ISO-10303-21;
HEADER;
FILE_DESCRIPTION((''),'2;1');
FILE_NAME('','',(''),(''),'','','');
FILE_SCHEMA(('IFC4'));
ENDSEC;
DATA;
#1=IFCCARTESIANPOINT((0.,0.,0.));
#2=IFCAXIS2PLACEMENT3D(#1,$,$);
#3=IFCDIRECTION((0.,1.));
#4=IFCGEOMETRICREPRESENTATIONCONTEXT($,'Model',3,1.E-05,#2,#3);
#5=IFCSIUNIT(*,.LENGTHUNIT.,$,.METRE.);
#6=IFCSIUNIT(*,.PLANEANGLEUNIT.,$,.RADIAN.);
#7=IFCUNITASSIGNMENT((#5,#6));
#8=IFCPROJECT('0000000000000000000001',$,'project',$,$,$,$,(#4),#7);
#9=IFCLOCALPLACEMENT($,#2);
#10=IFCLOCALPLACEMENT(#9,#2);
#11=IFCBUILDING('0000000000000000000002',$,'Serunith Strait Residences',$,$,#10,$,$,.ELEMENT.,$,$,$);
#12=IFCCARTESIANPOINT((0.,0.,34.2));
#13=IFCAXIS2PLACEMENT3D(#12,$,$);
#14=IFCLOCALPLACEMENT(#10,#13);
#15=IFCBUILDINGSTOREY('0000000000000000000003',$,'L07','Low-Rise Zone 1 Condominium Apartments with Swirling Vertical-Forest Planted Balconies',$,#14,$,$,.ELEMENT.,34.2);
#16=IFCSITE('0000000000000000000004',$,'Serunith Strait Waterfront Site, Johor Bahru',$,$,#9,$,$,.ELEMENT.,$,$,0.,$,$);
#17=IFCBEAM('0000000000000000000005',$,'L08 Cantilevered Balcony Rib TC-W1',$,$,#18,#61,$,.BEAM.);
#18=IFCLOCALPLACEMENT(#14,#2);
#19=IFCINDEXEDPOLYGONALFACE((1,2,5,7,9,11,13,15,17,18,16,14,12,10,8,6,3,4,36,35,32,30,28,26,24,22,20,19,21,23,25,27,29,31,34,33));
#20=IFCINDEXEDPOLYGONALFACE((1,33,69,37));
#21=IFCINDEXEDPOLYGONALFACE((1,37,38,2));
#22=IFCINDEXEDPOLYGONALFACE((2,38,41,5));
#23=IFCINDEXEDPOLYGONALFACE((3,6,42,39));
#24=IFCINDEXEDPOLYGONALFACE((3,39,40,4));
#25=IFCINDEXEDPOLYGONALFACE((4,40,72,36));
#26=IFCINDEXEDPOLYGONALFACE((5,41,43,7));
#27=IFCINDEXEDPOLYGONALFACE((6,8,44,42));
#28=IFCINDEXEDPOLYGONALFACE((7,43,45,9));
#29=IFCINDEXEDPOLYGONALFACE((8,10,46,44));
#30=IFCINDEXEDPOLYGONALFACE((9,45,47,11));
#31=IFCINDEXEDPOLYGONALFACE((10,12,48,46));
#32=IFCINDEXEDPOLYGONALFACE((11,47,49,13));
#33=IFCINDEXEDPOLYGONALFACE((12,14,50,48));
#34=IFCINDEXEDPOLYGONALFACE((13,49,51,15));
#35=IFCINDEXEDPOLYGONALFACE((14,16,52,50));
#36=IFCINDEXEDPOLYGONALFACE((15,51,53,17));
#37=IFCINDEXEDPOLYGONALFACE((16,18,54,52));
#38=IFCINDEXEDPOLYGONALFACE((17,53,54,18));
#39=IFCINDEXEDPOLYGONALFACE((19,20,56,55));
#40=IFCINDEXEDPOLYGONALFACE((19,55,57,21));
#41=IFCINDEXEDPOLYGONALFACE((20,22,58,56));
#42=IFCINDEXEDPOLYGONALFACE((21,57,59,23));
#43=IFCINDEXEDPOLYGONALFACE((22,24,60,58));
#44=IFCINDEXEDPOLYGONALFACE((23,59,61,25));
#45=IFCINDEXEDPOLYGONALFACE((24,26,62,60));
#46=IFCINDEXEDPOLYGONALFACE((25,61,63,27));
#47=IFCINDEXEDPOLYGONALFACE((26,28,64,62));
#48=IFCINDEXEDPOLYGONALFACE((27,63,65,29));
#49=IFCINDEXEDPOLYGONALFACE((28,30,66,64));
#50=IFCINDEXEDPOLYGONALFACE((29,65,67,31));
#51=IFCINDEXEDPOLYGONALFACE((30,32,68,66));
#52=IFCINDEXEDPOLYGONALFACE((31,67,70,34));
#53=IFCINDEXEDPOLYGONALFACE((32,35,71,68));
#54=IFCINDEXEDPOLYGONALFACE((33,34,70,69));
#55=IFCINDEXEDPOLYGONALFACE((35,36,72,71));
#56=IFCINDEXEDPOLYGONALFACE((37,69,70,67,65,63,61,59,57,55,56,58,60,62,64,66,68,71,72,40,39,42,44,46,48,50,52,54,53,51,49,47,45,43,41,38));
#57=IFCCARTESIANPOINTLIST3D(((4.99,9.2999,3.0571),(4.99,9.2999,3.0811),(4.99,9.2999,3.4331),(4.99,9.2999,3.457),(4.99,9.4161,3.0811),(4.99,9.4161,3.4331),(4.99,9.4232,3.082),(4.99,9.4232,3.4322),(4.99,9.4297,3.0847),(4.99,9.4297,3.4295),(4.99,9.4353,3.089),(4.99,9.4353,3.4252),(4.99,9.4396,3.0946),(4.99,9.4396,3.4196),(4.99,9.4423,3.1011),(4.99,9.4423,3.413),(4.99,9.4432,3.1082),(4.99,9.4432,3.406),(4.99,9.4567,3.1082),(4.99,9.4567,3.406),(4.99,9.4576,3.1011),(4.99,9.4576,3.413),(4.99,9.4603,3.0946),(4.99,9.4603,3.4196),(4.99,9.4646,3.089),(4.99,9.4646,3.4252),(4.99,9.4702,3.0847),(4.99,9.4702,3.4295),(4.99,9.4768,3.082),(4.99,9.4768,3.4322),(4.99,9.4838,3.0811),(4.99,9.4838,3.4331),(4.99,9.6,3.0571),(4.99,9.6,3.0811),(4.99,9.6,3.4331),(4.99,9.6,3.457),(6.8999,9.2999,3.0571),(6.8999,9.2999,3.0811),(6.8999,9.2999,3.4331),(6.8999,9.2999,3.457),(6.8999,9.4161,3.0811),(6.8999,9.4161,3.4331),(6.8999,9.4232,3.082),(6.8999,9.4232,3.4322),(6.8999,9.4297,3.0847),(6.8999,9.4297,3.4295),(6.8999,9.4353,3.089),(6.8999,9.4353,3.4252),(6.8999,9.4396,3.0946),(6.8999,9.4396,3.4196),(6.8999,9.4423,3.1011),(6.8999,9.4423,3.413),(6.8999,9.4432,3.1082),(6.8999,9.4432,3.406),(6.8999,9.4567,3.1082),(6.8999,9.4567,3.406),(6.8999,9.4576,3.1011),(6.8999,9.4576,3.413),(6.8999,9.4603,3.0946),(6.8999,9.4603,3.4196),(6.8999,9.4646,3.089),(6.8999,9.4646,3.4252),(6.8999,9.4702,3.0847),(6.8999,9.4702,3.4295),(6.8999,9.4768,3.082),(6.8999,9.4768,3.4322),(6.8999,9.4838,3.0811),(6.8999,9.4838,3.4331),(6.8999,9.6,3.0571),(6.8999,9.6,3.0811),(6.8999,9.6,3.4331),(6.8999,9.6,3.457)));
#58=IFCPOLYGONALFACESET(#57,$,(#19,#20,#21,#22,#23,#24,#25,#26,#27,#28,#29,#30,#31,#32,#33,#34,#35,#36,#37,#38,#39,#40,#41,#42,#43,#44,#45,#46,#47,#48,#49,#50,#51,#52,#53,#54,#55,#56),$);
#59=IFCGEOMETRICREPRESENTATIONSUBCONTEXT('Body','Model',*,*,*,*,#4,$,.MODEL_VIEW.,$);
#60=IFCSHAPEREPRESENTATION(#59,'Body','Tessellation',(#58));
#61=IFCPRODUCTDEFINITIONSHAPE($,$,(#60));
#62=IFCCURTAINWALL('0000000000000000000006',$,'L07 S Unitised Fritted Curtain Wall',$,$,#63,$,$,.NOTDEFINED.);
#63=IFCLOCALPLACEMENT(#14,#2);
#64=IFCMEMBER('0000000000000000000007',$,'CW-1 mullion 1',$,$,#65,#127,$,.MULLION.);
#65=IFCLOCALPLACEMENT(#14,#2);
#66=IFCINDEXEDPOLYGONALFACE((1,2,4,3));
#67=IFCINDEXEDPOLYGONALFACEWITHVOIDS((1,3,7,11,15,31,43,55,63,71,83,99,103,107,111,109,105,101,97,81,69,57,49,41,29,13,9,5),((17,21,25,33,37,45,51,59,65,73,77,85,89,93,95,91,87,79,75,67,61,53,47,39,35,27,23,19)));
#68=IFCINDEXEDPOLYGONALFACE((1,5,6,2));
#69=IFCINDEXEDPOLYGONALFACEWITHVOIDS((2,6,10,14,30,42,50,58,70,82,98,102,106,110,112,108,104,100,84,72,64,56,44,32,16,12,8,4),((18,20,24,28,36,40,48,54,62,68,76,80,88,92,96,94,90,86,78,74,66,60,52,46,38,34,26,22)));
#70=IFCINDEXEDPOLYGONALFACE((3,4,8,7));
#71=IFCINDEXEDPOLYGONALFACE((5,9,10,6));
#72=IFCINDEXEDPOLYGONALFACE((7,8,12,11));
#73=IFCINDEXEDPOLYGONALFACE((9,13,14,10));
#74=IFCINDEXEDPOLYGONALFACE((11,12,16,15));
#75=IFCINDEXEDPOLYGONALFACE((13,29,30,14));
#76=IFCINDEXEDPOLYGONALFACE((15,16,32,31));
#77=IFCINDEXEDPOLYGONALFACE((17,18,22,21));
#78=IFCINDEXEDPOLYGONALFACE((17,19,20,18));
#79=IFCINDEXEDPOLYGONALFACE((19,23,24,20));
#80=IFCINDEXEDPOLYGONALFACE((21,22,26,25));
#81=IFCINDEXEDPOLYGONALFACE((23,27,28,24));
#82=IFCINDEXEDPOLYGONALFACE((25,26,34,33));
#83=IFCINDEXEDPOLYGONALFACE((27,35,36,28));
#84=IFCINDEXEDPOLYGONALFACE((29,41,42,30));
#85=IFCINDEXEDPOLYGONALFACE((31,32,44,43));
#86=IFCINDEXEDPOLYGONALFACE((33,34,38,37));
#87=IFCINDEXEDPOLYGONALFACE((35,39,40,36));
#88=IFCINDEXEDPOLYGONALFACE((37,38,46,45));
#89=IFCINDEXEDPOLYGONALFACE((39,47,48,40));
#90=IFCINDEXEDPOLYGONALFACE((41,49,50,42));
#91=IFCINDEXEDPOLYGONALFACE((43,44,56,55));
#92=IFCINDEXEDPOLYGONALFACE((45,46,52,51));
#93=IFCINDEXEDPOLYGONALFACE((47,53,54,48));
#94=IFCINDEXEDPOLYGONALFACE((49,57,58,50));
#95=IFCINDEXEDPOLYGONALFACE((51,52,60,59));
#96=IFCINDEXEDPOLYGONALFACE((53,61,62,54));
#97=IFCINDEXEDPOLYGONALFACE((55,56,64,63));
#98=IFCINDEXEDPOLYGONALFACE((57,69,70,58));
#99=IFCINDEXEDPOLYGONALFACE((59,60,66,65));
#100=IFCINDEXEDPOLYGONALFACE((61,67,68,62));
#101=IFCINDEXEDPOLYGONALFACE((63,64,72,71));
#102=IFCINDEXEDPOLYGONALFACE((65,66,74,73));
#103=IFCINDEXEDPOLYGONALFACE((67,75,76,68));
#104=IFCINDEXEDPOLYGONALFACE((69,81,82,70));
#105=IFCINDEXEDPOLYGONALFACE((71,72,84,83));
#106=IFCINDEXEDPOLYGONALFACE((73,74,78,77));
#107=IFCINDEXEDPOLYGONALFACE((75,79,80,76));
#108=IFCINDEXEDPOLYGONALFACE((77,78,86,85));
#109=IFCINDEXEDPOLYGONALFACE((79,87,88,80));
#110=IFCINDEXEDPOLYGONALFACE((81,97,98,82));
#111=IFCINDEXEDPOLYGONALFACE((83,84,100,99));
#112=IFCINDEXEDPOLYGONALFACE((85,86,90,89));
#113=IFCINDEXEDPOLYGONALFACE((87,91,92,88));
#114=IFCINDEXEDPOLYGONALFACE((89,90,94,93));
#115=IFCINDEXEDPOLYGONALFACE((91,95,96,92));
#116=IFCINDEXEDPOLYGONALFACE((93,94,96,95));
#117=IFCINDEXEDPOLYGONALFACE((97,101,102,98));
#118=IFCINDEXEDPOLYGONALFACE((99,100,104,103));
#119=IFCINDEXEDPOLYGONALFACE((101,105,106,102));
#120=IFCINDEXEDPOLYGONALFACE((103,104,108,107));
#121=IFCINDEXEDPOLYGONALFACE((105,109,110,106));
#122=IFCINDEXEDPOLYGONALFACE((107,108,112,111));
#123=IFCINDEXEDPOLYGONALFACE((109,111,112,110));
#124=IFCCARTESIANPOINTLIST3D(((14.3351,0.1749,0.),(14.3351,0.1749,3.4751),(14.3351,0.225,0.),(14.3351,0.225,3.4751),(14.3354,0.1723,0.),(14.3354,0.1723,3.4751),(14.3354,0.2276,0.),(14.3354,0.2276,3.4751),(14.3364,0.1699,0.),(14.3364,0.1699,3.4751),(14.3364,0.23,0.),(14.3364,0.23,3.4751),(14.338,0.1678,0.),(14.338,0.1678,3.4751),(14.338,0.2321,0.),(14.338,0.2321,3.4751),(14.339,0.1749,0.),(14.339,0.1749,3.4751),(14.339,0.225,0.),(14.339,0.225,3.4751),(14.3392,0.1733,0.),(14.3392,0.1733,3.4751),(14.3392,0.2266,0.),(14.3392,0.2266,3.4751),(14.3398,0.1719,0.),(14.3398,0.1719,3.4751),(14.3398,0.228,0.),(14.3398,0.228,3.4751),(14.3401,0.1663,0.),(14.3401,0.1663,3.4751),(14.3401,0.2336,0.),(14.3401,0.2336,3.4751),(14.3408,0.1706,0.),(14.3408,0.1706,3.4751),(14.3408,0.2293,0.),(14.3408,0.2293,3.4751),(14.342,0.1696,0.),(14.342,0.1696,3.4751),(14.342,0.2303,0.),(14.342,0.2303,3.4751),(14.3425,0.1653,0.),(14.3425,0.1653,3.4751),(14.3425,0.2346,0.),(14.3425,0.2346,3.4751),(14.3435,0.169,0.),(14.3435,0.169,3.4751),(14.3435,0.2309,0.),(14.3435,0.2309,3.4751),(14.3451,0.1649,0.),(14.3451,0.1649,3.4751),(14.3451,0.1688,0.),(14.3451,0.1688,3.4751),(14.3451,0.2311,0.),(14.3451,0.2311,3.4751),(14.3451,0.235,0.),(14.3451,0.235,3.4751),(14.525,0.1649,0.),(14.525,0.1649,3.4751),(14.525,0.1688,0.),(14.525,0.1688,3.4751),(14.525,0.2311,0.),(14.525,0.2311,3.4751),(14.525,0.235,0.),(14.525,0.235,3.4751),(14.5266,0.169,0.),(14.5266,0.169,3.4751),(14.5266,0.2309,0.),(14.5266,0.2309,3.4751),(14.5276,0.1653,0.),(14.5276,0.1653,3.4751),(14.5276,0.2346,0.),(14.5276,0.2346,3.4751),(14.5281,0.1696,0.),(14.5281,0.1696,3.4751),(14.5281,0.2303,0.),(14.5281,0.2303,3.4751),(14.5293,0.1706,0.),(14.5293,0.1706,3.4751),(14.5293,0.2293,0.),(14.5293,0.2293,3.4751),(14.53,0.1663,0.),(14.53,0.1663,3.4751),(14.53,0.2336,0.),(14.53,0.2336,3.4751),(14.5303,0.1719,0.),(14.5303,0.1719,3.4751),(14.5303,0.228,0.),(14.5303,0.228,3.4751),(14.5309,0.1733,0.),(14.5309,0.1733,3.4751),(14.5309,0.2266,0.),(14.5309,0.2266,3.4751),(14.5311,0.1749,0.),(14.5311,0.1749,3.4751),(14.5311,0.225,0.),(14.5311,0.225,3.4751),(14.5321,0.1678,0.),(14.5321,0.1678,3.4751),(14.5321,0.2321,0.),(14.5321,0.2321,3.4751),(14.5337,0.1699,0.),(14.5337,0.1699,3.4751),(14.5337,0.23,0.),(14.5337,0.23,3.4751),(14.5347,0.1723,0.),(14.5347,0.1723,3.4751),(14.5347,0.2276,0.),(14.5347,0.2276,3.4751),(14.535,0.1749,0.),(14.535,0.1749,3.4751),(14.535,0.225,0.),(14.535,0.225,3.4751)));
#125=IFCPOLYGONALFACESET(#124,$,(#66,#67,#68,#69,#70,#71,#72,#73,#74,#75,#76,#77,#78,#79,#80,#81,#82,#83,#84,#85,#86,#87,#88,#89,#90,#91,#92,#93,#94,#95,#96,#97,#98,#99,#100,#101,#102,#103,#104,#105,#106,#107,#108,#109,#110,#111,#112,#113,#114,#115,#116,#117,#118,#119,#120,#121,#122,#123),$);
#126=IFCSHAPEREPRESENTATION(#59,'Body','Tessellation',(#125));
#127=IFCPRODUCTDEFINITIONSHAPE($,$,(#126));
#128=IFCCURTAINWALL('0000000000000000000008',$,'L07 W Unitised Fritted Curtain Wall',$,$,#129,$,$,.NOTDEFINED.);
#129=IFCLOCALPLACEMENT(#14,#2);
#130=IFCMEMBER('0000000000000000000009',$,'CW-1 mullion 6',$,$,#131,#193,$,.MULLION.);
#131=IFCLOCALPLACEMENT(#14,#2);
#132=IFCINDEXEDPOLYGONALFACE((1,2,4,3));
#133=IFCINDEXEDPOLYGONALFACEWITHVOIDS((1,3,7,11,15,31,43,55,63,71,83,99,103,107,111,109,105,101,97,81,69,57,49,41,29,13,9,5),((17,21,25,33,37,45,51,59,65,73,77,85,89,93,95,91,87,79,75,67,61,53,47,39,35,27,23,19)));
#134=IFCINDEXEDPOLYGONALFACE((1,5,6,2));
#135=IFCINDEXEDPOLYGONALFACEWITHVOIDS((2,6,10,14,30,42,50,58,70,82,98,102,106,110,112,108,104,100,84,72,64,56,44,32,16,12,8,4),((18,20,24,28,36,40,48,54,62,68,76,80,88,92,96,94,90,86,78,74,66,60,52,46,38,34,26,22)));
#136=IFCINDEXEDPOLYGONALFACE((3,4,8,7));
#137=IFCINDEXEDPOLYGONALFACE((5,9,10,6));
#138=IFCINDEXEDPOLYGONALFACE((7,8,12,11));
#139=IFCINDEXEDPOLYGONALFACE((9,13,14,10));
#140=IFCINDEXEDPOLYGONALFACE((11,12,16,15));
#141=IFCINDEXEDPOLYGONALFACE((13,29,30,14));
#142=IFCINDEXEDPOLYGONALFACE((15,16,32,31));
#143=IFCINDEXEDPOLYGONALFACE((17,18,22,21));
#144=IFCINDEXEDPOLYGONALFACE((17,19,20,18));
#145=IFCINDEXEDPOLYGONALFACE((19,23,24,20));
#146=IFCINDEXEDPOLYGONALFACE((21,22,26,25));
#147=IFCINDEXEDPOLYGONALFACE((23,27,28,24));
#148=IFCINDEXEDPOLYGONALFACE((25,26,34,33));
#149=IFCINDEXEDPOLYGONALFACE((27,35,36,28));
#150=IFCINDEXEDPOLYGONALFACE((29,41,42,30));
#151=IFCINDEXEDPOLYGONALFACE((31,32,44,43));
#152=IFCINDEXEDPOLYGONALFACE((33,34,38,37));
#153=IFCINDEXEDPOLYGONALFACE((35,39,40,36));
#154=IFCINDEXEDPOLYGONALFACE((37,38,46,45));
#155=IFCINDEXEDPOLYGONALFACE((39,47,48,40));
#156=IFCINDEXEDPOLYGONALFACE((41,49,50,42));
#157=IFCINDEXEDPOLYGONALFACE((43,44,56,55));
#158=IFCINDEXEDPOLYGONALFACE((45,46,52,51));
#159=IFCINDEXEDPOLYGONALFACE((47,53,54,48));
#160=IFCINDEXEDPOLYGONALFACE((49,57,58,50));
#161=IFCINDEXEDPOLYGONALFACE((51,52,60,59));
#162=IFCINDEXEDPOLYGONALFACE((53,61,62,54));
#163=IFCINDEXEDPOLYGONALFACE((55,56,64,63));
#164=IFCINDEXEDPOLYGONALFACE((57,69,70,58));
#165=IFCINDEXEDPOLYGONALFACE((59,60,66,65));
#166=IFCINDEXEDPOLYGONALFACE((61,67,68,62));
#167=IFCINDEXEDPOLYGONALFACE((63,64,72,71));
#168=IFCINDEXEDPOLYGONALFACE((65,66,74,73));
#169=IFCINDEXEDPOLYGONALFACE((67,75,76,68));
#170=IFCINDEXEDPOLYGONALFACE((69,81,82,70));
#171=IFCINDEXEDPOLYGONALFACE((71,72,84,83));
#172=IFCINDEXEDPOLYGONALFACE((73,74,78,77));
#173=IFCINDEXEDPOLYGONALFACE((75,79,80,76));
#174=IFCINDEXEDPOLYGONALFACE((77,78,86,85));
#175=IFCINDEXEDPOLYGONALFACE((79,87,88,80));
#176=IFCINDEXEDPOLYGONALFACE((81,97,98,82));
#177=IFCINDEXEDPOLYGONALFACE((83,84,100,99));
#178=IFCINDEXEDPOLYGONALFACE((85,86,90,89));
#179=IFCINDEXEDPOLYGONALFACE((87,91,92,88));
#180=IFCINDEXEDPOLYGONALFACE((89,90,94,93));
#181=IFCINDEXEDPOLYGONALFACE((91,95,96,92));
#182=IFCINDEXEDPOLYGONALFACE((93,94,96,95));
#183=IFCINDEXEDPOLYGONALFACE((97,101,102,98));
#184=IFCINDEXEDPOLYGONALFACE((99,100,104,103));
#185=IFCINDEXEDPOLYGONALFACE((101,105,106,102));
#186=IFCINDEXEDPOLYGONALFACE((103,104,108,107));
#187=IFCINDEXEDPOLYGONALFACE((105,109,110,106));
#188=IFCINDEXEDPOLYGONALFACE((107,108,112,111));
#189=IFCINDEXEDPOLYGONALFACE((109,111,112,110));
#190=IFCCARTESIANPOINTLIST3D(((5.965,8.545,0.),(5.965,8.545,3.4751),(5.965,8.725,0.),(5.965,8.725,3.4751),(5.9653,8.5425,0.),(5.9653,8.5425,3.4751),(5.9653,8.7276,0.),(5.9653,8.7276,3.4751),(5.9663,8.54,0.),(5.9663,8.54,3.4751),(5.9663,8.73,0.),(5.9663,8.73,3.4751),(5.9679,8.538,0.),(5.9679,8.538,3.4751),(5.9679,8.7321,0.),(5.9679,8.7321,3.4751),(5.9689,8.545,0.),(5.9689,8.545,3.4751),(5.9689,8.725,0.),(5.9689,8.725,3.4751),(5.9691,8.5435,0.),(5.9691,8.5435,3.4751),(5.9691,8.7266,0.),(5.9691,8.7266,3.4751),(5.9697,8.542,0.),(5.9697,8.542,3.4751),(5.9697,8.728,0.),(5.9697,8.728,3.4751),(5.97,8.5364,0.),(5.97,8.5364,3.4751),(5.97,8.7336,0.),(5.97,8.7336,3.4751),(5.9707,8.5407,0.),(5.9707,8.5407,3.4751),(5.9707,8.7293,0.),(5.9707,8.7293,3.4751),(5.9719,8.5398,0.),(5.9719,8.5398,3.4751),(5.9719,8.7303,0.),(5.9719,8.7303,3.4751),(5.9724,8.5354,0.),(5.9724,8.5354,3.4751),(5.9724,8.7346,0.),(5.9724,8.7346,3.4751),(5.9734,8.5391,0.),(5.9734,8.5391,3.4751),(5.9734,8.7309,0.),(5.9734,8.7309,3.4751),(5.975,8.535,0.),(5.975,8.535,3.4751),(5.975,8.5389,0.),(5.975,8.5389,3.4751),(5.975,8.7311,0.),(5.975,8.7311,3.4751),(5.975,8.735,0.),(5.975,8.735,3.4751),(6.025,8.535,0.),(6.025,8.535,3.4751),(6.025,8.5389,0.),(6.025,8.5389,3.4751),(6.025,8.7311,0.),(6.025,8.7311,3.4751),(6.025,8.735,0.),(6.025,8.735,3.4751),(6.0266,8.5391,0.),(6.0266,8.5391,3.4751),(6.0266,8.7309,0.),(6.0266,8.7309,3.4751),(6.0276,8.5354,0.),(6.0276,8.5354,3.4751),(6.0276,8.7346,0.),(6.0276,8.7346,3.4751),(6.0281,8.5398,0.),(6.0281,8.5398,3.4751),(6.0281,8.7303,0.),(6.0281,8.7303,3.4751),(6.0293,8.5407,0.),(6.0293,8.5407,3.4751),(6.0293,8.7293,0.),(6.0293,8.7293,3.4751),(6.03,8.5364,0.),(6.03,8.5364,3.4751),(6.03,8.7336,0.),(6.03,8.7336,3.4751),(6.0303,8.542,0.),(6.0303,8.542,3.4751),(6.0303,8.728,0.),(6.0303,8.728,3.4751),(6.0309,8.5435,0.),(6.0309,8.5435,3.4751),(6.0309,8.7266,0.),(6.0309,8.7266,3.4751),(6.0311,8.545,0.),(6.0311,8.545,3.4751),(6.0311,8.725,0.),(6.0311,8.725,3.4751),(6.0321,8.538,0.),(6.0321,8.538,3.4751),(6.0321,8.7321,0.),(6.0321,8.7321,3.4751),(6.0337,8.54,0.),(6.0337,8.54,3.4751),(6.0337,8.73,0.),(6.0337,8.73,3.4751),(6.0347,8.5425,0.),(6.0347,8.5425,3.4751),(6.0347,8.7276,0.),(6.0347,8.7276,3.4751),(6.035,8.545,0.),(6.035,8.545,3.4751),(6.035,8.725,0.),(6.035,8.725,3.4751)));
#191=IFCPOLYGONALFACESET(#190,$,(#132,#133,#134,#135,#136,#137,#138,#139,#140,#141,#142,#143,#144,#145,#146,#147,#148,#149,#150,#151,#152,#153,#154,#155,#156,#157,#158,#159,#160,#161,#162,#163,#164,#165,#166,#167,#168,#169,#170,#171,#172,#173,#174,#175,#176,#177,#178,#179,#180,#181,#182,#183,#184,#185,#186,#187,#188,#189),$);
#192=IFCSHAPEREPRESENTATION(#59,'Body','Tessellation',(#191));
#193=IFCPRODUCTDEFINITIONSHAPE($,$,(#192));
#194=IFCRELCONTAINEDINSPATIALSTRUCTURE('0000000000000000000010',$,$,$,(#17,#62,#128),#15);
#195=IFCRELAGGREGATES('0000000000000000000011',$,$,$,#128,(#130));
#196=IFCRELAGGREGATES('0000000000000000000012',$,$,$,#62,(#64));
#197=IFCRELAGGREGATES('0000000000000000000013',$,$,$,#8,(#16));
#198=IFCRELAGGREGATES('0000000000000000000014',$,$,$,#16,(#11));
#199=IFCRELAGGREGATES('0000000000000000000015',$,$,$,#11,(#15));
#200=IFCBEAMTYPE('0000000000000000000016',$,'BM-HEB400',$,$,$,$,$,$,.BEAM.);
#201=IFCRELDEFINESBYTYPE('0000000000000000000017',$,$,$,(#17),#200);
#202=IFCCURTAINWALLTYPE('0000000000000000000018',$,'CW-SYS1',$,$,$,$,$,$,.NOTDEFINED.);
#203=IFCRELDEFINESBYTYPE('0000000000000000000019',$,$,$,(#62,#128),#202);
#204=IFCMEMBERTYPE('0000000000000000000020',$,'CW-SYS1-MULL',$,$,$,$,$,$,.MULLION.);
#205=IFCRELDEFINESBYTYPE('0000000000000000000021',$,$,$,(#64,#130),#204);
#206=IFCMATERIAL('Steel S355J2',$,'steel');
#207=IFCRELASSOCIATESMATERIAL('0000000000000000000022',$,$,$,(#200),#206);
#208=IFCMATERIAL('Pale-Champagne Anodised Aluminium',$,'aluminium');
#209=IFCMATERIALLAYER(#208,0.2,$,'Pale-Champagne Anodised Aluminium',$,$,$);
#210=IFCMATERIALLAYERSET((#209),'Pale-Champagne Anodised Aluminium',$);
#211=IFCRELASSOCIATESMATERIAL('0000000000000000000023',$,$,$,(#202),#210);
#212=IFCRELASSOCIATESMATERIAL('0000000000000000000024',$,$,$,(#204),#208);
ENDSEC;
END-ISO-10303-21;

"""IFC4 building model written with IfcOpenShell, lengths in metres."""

from ifc_helpers import new_model, si_unit, direction, frame, origin, origin_2d, place, context, subcontext, project, spatial, hollow_rectangle, i_section, extrude, source, transform, mapped, material, layer, layer_set, material_profile, profile_set, type_object, element, aggregate, save


model = new_model("IFC4")

# Units and contexts
model_context = context("Model", 3, precision=1e-05, world=origin(), true_north=direction((0.0, 1.0)))
body_context = subcontext(model_context, "Body", "Model", "MODEL_VIEW")
ifc_project = project(units=[si_unit("LENGTHUNIT", "METRE"), si_unit("PLANEANGLEUNIT", "RADIAN")], contexts=[model_context])

# Site, building, storey
site_placement = place(None, origin())
site = spatial("IfcSite", under=ifc_project, at=site_placement, Name="Serunith Strait Waterfront Site, Johor Bahru", CompositionType="ELEMENT", RefElevation=0.0)
building_placement = place(site_placement, origin())
building = spatial("IfcBuilding", under=site, at=building_placement, Name="Serunith Strait Residences", CompositionType="ELEMENT")
storey_placement = place(building_placement, frame((0.0, 0.0, 34.2)))
storey = spatial("IfcBuildingStorey", under=building, at=storey_placement, Name="L07", Description="Low-Rise Zone 1 Condominium Apartments with Swirling Vertical-Forest Planted Balconies", CompositionType="ELEMENT", Elevation=34.2)

# Beam
ifc_material_1 = material(Name="Steel S355J2", Category="steel")
ifc_material_profile_1 = material_profile(ifc_material_1, i_section(OverallWidth=0.3, OverallDepth=0.3999, WebThickness=0.0134, FlangeThickness=0.0239, FilletRadius=0.0271, at=origin_2d()), Name="HEB 400")
ifc_profile_set_1 = profile_set([ifc_material_profile_1], Name="Steel S355J2")
beam_type_1 = type_object("IfcBeamType", Name="BM-HEB400", PredefinedType="BEAM", material=ifc_profile_set_1)
shared_shape_1 = source(origin(), body_context, "Body", "SweptSolid", [
    extrude(i_section(OverallWidth=0.3, OverallDepth=0.3999, WebThickness=0.0134, FlangeThickness=0.0239, FilletRadius=0.0271, at=origin_2d()), origin(), (0.0, 0.0, 1.0), 1.9099),
])
beam_1_placement = place(storey_placement, frame((6.8999, 9.45, 3.2571), z_axis=(-1.0, 0.0, 0.0), x_axis=(0.0, -1.0, 0.0)))
element("IfcBeam", 1, at=beam_1_placement, inside=storey, type_object=beam_type_1, Name="L08 Cantilevered Balcony Rib TC-W1", PredefinedType="BEAM", context=body_context, shape_type="MappedRepresentation", body=[
    mapped(shared_shape_1, transform((0.0, 0.0, 0.0), scale=1.0)),
])

# Curtain walls, members
ifc_material_2 = material(Name="Pale-Champagne Anodised Aluminium", Category="aluminium")
ifc_layer_1 = layer(ifc_material_2, 0.2, Name="Pale-Champagne Anodised Aluminium")
ifc_layer_set_1 = layer_set([ifc_layer_1], Name="Pale-Champagne Anodised Aluminium")
curtain_wall_type = type_object("IfcCurtainWallType", Name="CW-SYS1", PredefinedType="NOTDEFINED", material=ifc_layer_set_1)
curtain_wall_1_placement = place(storey_placement, origin())
curtain_wall_1 = element("IfcCurtainWall", 2, at=curtain_wall_1_placement, inside=storey, type_object=curtain_wall_type, Name="L07 S Unitised Fritted Curtain Wall", PredefinedType="NOTDEFINED")
ifc_material_profile_2 = material_profile(ifc_material_2, hollow_rectangle(XDim=0.0701, YDim=0.2, WallThickness=0.0039, InnerFilletRadius=0.0061, OuterFilletRadius=0.01, at=origin_2d()), Name="ALU 200x70x4")
ifc_profile_set_2 = profile_set([ifc_material_profile_2], Name="Pale-Champagne Anodised Aluminium")
member_type_1 = type_object("IfcMemberType", Name="CW-SYS1-MULL", PredefinedType="MULLION", material=ifc_profile_set_2)
shared_shape_2 = source(origin(), body_context, "Body", "SweptSolid", [
    extrude(hollow_rectangle(XDim=0.0701, YDim=0.2, WallThickness=0.0039, InnerFilletRadius=0.0061, OuterFilletRadius=0.01, at=origin_2d()), origin(), (0.0, 0.0, 1.0), 3.4751),
])
member_1_placement = place(storey_placement, frame((14.4351, 0.2, 0.0), z_axis=(0.0, 0.0, 1.0), x_axis=(0.0, 1.0, 0.0)))
member_1 = element("IfcMember", 3, at=member_1_placement, type_object=member_type_1, Name="CW-1 mullion 1", PredefinedType="MULLION", context=body_context, shape_type="MappedRepresentation", body=[
    mapped(shared_shape_2, transform((0.0, 0.0, 0.0), scale=1.0)),
])
curtain_wall_2_placement = place(storey_placement, origin())
curtain_wall_2 = element("IfcCurtainWall", 4, at=curtain_wall_2_placement, inside=storey, type_object=curtain_wall_type, Name="L07 W Unitised Fritted Curtain Wall", PredefinedType="NOTDEFINED")
member_2_placement = place(storey_placement, frame((6.0, 8.635, 0.0), z_axis=(0.0, 0.0, 1.0), x_axis=(1.0, 0.0, 0.0)))
member_2 = element("IfcMember", 5, at=member_2_placement, type_object=member_type_1, Name="CW-1 mullion 6", PredefinedType="MULLION", context=body_context, shape_type="MappedRepresentation", body=[
    mapped(shared_shape_2, transform((0.0, 0.0, 0.0), scale=1.0)),
])
aggregate(curtain_wall_2, [member_2])

aggregate(curtain_wall_1, [member_1])

save(model, "model.ifc")
